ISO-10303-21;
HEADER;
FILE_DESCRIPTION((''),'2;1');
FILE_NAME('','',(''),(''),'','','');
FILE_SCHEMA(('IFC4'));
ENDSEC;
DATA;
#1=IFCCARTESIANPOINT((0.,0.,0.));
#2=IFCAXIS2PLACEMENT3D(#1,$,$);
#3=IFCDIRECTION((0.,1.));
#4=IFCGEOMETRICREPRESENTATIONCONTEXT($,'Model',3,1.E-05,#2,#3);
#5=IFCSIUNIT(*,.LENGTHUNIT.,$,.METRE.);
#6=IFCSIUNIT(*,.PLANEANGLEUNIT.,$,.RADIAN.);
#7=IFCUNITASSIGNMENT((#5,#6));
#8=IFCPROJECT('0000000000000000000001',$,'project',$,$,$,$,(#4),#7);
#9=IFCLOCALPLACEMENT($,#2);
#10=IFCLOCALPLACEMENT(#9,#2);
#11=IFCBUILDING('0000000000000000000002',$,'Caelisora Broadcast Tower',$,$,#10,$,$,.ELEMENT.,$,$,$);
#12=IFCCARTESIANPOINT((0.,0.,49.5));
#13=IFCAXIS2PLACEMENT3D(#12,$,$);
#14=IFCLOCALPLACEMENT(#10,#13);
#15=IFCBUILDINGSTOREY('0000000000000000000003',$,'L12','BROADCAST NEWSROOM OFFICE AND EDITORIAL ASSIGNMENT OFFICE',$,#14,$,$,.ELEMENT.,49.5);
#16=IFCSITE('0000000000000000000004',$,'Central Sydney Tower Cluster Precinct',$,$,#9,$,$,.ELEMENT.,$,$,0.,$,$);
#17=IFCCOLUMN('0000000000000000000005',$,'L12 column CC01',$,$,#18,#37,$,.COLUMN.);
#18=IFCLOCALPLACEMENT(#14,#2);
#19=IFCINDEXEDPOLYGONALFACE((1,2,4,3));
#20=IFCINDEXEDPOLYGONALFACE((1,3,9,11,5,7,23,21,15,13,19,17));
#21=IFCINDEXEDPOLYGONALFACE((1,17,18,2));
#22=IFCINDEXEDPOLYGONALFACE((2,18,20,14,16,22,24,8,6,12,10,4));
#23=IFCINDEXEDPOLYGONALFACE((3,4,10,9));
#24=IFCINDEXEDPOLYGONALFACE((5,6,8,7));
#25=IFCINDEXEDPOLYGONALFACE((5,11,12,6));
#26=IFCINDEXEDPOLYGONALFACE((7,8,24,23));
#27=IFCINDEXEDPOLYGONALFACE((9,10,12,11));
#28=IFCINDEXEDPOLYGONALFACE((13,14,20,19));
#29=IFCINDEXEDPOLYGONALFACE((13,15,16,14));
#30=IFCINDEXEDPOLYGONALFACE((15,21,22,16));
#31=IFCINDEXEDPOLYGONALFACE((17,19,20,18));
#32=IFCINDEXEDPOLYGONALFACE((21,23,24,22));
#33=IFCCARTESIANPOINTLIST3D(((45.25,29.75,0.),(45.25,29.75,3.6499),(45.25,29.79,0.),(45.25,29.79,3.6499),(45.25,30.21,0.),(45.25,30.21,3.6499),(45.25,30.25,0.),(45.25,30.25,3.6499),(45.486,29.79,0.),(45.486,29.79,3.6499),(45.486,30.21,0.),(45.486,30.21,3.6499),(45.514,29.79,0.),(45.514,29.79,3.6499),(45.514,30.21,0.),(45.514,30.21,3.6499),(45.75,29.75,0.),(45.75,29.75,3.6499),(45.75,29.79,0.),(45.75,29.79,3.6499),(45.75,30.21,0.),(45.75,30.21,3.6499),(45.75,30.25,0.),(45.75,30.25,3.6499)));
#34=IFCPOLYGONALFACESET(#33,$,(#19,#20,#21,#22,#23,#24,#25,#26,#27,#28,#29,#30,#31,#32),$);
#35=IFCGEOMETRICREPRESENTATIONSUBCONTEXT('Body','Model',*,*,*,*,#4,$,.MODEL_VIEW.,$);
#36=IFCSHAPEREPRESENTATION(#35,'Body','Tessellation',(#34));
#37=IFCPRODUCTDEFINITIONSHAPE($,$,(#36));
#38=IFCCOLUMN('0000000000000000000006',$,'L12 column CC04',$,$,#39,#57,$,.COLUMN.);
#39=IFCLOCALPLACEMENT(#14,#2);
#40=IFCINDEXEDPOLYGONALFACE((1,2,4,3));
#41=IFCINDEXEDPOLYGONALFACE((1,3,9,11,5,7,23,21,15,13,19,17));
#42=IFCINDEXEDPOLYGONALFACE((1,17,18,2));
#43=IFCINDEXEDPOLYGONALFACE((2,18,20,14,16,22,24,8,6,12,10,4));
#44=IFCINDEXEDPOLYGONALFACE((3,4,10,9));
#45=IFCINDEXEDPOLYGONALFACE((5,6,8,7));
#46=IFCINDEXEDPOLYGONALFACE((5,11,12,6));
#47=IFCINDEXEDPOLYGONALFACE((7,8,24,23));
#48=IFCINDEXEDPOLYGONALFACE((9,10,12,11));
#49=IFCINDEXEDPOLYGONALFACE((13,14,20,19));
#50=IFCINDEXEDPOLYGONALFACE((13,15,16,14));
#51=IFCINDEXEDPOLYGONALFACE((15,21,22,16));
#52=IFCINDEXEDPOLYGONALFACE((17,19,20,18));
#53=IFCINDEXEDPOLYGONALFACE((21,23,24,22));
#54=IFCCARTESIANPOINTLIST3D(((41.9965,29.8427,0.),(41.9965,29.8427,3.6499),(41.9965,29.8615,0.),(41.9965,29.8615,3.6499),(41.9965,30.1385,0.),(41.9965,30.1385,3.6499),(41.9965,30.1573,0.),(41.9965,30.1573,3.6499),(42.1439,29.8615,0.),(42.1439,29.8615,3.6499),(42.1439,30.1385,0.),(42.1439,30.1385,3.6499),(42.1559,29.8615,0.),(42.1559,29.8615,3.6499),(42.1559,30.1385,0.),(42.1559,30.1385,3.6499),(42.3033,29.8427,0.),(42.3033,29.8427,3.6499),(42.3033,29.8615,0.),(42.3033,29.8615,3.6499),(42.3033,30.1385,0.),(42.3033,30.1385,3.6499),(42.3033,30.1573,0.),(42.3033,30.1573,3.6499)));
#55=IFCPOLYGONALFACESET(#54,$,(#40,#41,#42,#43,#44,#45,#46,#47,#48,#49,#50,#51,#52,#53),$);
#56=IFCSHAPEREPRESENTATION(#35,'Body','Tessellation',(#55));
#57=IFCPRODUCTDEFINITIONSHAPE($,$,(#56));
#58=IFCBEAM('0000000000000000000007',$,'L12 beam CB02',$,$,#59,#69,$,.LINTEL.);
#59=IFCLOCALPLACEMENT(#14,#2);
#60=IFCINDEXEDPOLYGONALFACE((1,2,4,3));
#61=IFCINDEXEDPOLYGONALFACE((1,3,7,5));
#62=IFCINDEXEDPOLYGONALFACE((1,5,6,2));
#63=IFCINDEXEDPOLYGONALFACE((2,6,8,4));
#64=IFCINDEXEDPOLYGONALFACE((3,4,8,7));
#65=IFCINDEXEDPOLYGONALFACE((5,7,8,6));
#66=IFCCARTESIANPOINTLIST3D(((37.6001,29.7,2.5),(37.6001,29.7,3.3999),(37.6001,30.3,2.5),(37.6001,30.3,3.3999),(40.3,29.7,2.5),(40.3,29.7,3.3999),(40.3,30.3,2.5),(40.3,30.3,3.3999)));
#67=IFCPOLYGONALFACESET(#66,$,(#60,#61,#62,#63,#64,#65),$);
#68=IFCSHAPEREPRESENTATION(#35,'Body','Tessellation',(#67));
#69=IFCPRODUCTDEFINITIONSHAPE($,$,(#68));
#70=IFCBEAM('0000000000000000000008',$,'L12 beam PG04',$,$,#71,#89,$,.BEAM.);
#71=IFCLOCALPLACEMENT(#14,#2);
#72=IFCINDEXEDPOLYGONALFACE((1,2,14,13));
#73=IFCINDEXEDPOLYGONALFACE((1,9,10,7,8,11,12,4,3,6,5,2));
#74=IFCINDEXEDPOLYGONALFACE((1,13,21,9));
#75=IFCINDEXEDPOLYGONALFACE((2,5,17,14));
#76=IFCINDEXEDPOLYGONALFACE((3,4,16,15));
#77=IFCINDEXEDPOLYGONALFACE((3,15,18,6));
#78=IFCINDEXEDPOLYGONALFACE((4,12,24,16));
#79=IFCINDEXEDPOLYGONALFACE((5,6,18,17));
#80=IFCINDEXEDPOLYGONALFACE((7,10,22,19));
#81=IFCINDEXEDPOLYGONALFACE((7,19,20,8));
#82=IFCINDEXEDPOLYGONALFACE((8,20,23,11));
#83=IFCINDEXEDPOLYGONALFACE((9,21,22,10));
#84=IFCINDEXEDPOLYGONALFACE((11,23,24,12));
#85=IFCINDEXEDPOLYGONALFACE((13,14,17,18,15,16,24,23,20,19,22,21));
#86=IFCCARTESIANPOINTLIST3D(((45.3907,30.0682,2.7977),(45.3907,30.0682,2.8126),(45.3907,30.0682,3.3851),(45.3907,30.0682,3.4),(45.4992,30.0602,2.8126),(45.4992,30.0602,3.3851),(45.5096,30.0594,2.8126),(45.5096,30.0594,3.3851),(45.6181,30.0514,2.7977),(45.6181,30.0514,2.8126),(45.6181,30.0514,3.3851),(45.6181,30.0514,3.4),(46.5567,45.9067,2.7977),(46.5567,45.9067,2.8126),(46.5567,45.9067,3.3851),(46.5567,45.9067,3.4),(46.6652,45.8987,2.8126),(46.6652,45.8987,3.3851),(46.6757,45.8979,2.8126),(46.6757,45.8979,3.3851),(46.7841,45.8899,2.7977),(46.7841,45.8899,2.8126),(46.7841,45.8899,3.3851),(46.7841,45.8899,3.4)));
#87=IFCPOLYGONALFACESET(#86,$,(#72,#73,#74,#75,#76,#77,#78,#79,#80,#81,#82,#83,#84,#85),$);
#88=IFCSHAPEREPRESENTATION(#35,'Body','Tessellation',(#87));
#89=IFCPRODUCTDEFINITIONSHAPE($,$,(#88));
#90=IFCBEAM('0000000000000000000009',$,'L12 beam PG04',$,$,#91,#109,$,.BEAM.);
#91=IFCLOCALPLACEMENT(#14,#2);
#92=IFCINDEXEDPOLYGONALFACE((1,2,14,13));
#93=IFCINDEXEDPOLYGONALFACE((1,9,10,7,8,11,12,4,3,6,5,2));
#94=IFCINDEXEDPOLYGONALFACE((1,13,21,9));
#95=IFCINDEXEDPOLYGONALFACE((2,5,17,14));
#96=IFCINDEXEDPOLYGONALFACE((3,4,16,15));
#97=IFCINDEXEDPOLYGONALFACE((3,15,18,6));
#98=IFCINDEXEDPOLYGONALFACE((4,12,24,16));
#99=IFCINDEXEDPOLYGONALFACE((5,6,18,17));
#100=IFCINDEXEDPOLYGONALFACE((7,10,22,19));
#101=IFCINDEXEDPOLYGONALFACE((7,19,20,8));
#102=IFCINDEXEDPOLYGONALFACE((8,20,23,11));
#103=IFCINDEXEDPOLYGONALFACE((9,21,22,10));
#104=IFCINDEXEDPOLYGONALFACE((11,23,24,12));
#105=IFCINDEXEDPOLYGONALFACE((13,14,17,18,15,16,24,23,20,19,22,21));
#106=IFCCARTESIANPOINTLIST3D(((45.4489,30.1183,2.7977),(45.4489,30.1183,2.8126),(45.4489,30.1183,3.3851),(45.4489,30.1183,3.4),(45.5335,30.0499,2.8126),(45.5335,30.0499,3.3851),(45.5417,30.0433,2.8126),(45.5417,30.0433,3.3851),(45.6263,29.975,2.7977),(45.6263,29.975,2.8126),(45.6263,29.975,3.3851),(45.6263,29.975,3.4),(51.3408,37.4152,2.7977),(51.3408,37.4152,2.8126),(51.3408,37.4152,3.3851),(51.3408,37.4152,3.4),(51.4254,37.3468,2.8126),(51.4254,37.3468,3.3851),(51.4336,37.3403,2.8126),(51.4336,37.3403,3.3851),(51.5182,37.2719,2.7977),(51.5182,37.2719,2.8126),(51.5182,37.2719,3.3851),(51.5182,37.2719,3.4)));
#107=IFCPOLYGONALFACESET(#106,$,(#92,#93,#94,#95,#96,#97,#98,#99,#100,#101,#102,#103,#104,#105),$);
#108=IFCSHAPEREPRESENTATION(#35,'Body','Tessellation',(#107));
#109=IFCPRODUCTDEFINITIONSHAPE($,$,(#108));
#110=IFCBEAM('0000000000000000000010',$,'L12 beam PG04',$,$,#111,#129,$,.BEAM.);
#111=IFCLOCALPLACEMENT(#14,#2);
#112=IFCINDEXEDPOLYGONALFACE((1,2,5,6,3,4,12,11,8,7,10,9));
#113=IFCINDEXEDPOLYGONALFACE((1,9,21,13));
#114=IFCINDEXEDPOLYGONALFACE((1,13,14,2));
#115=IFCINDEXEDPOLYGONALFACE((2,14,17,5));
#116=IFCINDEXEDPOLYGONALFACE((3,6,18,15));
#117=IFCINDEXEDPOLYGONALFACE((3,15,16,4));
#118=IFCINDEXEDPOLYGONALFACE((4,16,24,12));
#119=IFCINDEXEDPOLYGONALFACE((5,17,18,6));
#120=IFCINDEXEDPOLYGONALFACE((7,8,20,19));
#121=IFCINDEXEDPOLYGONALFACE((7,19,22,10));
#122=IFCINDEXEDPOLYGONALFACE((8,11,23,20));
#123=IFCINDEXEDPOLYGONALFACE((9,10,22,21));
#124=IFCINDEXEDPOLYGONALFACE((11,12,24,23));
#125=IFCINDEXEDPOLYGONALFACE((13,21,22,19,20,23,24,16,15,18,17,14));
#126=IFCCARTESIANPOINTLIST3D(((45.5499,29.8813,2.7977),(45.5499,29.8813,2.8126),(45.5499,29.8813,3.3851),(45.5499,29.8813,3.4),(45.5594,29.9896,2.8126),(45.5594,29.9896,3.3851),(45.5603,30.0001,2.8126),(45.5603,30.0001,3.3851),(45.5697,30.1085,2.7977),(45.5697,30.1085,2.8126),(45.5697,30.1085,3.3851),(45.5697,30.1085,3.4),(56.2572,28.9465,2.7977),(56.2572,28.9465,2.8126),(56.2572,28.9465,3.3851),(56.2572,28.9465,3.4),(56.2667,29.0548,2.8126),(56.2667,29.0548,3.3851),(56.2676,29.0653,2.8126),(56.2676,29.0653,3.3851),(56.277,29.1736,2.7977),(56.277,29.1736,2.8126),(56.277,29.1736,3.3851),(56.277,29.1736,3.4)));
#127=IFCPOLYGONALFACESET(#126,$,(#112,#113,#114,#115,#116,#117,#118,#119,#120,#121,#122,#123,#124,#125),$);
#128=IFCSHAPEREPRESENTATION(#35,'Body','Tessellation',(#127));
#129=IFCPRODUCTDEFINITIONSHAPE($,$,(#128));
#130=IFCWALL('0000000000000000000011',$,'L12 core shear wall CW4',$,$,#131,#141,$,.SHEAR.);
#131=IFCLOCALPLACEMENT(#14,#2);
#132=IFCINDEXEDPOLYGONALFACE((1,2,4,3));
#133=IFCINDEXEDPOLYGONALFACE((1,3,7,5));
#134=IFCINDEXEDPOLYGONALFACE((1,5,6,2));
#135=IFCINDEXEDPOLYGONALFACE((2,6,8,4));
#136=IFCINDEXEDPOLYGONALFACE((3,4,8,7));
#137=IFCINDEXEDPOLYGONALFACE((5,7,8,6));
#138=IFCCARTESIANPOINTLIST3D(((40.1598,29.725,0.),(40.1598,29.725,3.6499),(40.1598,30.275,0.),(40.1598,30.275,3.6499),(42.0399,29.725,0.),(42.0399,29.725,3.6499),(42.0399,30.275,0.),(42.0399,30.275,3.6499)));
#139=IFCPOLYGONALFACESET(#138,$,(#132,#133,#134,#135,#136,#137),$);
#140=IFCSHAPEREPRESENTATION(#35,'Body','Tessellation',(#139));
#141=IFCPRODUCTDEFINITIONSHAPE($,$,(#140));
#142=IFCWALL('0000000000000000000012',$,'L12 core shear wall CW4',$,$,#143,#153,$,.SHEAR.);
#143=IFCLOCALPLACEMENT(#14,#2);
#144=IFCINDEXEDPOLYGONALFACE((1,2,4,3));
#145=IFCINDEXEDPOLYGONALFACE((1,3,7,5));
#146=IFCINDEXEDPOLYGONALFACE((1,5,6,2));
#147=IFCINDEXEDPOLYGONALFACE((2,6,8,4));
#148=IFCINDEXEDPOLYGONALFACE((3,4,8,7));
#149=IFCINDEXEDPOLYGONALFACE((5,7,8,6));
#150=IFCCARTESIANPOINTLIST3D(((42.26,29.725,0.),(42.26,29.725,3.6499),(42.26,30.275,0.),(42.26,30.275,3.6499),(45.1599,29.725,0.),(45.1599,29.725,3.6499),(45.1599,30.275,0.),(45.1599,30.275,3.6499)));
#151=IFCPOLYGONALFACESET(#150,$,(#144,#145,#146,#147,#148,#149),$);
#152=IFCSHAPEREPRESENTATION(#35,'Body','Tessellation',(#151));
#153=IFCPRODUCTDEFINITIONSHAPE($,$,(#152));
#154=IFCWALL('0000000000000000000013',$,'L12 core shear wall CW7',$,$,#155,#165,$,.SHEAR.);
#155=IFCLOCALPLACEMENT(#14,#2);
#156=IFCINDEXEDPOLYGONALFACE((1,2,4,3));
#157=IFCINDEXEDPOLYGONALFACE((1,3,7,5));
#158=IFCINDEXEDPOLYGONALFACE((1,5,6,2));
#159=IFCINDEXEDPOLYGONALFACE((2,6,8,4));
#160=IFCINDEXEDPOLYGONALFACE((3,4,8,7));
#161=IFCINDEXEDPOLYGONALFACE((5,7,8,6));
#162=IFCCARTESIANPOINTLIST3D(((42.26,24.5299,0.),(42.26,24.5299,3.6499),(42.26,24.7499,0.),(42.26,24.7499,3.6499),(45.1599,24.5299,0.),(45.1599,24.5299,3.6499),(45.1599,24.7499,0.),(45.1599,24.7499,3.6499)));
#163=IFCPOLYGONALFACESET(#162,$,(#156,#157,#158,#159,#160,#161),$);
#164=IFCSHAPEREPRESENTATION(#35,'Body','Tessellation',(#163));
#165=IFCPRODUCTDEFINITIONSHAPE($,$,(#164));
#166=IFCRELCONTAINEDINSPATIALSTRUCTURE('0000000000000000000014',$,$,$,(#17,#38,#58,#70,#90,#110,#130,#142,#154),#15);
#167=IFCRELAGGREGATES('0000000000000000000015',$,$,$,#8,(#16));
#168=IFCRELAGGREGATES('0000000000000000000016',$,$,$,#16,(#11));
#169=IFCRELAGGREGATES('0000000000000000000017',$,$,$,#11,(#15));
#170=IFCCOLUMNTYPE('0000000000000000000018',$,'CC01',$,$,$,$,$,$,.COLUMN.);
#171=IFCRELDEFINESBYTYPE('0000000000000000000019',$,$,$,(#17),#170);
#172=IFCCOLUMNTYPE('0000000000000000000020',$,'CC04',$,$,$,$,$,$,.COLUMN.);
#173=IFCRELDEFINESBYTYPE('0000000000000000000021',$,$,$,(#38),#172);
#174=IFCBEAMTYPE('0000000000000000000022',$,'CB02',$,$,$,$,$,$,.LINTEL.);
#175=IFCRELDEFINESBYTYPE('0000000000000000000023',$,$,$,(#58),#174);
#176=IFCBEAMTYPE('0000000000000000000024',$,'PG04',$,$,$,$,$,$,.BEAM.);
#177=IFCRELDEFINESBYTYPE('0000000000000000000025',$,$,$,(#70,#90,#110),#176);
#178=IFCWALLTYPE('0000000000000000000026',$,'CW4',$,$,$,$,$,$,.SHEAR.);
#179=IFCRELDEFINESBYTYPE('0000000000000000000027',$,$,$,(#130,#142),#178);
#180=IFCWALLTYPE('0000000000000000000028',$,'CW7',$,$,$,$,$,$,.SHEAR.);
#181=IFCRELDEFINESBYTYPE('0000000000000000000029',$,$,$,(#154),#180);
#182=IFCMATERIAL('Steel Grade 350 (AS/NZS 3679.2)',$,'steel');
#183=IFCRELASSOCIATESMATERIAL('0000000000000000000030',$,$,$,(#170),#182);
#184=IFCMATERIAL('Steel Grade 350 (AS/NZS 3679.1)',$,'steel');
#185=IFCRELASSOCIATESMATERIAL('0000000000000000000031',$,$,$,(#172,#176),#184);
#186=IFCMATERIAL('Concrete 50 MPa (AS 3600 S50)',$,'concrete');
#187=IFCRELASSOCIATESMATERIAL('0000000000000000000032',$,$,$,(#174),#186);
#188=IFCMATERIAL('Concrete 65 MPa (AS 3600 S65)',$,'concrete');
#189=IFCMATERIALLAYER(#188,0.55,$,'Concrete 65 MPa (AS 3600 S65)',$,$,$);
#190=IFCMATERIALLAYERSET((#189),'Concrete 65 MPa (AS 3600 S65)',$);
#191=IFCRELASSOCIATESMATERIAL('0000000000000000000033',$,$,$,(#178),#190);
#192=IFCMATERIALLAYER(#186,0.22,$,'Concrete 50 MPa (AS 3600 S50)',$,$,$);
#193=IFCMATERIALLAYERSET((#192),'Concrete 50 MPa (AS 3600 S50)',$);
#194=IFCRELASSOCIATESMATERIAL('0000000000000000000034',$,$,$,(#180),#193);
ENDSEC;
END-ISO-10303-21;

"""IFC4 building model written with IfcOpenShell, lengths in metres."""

from ifc_helpers import new_model, si_unit, direction, frame, frame_2d, origin, origin_2d, place, context, subcontext, project, spatial, rectangle, i_section, extrude, source, transform, mapped, material, layer, layer_set, material_profile, profile_set, type_object, type_shapes, element, save


model = new_model("IFC4")

# Units and contexts
model_context = context("Model", 3, precision=1e-05, world=origin(), true_north=direction((0.0, 1.0)))
body_context = subcontext(model_context, "Body", "Model", "MODEL_VIEW")
ifc_project = project(units=[si_unit("LENGTHUNIT", "METRE"), si_unit("PLANEANGLEUNIT", "RADIAN")], contexts=[model_context])

# Site, building, storey
site_placement = place(None, origin())
site = spatial("IfcSite", under=ifc_project, at=site_placement, Name="Central Sydney Tower Cluster Precinct", CompositionType="ELEMENT", RefElevation=0.0)
building_placement = place(site_placement, origin())
building = spatial("IfcBuilding", under=site, at=building_placement, Name="Caelisora Broadcast Tower", CompositionType="ELEMENT")
storey_placement = place(building_placement, frame((0.0, 0.0, 49.5)))
storey = spatial("IfcBuildingStorey", under=building, at=storey_placement, Name="L12", Description="BROADCAST NEWSROOM OFFICE AND EDITORIAL ASSIGNMENT OFFICE", CompositionType="ELEMENT", Elevation=49.5)

# Columns
ifc_material_1 = material(Name="Steel Grade 350 (AS/NZS 3679.2)", Category="steel")
ifc_material_profile_1 = material_profile(ifc_material_1, i_section(OverallWidth=0.5, OverallDepth=0.5, WebThickness=0.0281, FlangeThickness=0.04, at=origin_2d()), Name="Steel Grade 350 (AS/NZS 3679.2)")
ifc_profile_set_1 = profile_set([ifc_material_profile_1], Name="Steel Grade 350 (AS/NZS 3679.2)")
column_type_1 = type_object("IfcColumnType", Name="CC01", PredefinedType="COLUMN", material=ifc_profile_set_1)
shared_shape_1 = source(origin(), body_context, "Body", "SweptSolid", [
    extrude(i_section(OverallWidth=0.5, OverallDepth=0.5, WebThickness=0.0281, FlangeThickness=0.04, at=origin_2d()), origin(), (0.0, 0.0, 1.0), 3.6499),
])
type_shapes(column_type_1, [shared_shape_1])
column_1_placement = place(storey_placement, frame((45.5, 30.0, 0.0), z_axis=(0.0, 0.0, 1.0), x_axis=(1.0, 0.0, 0.0)))
element("IfcColumn", 1, at=column_1_placement, inside=storey, type_object=column_type_1, Name="L12 column CC01", PredefinedType="COLUMN", context=body_context, shape_type="MappedRepresentation", body=[
    mapped(shared_shape_1, transform((0.0, 0.0, 0.0), scale=1.0)),
])
ifc_material_2 = material(Name="Steel Grade 350 (AS/NZS 3679.1)", Category="steel")
ifc_material_profile_2 = material_profile(ifc_material_2, i_section(OverallWidth=0.3069, OverallDepth=0.3147, WebThickness=0.012, FlangeThickness=0.0188, at=origin_2d()), Name="Steel Grade 350 (AS/NZS 3679.1)")
ifc_profile_set_2 = profile_set([ifc_material_profile_2], Name="Steel Grade 350 (AS/NZS 3679.1)")
column_type_2 = type_object("IfcColumnType", Name="CC04", PredefinedType="COLUMN", material=ifc_profile_set_2)
shared_shape_2 = source(origin(), body_context, "Body", "SweptSolid", [
    extrude(i_section(OverallWidth=0.3069, OverallDepth=0.3147, WebThickness=0.012, FlangeThickness=0.0188, at=origin_2d()), origin(), (0.0, 0.0, 1.0), 3.6499),
])
type_shapes(column_type_2, [shared_shape_2])
column_2_placement = place(storey_placement, frame((42.1499, 30.0, 0.0), z_axis=(0.0, 0.0, 1.0), x_axis=(1.0, 0.0, 0.0)))
element("IfcColumn", 2, at=column_2_placement, inside=storey, type_object=column_type_2, Name="L12 column CC04", PredefinedType="COLUMN", context=body_context, shape_type="MappedRepresentation", body=[
    mapped(shared_shape_2, transform((0.0, 0.0, 0.0), scale=1.0)),
])

# Beams
ifc_material_3 = material(Name="Concrete 50 MPa (AS 3600 S50)", Category="concrete")
ifc_material_profile_3 = material_profile(ifc_material_3, rectangle(XDim=0.6001, YDim=0.8999, at=origin_2d()), Name="Concrete 50 MPa (AS 3600 S50)")
ifc_profile_set_3 = profile_set([ifc_material_profile_3], Name="Concrete 50 MPa (AS 3600 S50)")
beam_type_1 = type_object("IfcBeamType", Name="CB02", PredefinedType="LINTEL", material=ifc_profile_set_3)
shared_shape_3 = source(origin(), body_context, "Body", "SweptSolid", [
    extrude(rectangle(XDim=0.6001, YDim=0.8999, at=origin_2d()), origin(), (0.0, 0.0, 1.0), 2.7),
])
type_shapes(beam_type_1, [shared_shape_3])
beam_1_placement = place(storey_placement, frame((37.6001, 30.0, 2.95), z_axis=(1.0, 0.0, 0.0), x_axis=(0.0, 1.0, 0.0)))
element("IfcBeam", 3, at=beam_1_placement, inside=storey, type_object=beam_type_1, Name="L12 beam CB02", PredefinedType="LINTEL", context=body_context, shape_type="MappedRepresentation", body=[
    mapped(shared_shape_3, transform((0.0, 0.0, 0.0), scale=1.0)),
])
ifc_material_profile_4 = material_profile(ifc_material_2, i_section(OverallWidth=0.228, OverallDepth=0.6023, WebThickness=0.0105, FlangeThickness=0.0149, at=origin_2d()), Name="Steel Grade 350 (AS/NZS 3679.1)")
ifc_profile_set_4 = profile_set([ifc_material_profile_4], Name="Steel Grade 350 (AS/NZS 3679.1)")
beam_type_2 = type_object("IfcBeamType", Name="PG04", PredefinedType="BEAM", material=ifc_profile_set_4)
shared_shape_4 = source(origin(), body_context, "Body", "SweptSolid", [
    extrude(i_section(OverallWidth=0.228, OverallDepth=0.6023, WebThickness=0.0105, FlangeThickness=0.0149, at=origin_2d()), origin(), (0.0, 0.0, 1.0), 15.8813),
])
beam_2_placement = place(storey_placement, frame((45.5044, 30.0598, 3.0989), z_axis=(0.073421, 0.997301, 0.0), x_axis=(-0.997301, 0.073421, 0.0)))
element("IfcBeam", 4, at=beam_2_placement, inside=storey, type_object=beam_type_2, Name="L12 beam PG04", PredefinedType="BEAM", context=body_context, shape_type="MappedRepresentation", body=[
    mapped(shared_shape_4, transform((0.0, 0.0, 0.0), scale=1.0)),
])
shared_shape_5 = source(origin(), body_context, "Body", "SweptSolid", [
    extrude(i_section(OverallWidth=0.228, OverallDepth=0.6023, WebThickness=0.0105, FlangeThickness=0.0149, at=origin_2d()), origin(), (0.0, 0.0, 1.0), 9.3787),
])
beam_3_placement = place(storey_placement, frame((45.5376, 30.0466, 3.0989), z_axis=(0.628222, 0.778034, 0.0), x_axis=(-0.778034, 0.628222, 0.0)))
element("IfcBeam", 5, at=beam_3_placement, inside=storey, type_object=beam_type_2, Name="L12 beam PG04", PredefinedType="BEAM", context=body_context, shape_type="MappedRepresentation", body=[
    mapped(shared_shape_5, transform((0.0, 0.0, 0.0), scale=1.0)),
])
shared_shape_6 = source(origin(), body_context, "Body", "SweptSolid", [
    extrude(i_section(OverallWidth=0.228, OverallDepth=0.6023, WebThickness=0.0105, FlangeThickness=0.0149, at=origin_2d()), origin(), (0.0, 0.0, 1.0), 10.748),
])
type_shapes(beam_type_2, [shared_shape_4, shared_shape_5, shared_shape_6])
beam_4_placement = place(storey_placement, frame((45.5598, 29.9949, 3.0989), z_axis=(0.99621, -0.086976, 0.0), x_axis=(0.086976, 0.99621, 0.0)))
element("IfcBeam", 6, at=beam_4_placement, inside=storey, type_object=beam_type_2, Name="L12 beam PG04", PredefinedType="BEAM", context=body_context, shape_type="MappedRepresentation", body=[
    mapped(shared_shape_6, transform((0.0, 0.0, 0.0), scale=1.0)),
])

# Walls
ifc_material_4 = material(Name="Concrete 65 MPa (AS 3600 S65)", Category="concrete")
ifc_layer_1 = layer(ifc_material_4, 0.55, Name="Concrete 65 MPa (AS 3600 S65)")
ifc_layer_set_1 = layer_set([ifc_layer_1], Name="Concrete 65 MPa (AS 3600 S65)")
wall_type_1 = type_object("IfcWallType", Name="CW4", PredefinedType="SHEAR", material=ifc_layer_set_1)
wall_1_placement = place(storey_placement, frame((40.1599, 30.0, 0.0), z_axis=(0.0, 0.0, 1.0), x_axis=(1.0, 0.0, 0.0)))
element("IfcWall", 7, at=wall_1_placement, inside=storey, type_object=wall_type_1, Name="L12 core shear wall CW4", PredefinedType="SHEAR", context=body_context, shape_type="SweptSolid", body=[
    extrude(rectangle(XDim=1.8801, YDim=0.55, at=frame_2d((0.9399, 0.0))), origin(), (0.0, 0.0, 1.0), 3.6499),
])
wall_2_placement = place(storey_placement, frame((42.26, 30.0, 0.0), z_axis=(0.0, 0.0, 1.0), x_axis=(1.0, 0.0, 0.0)))
element("IfcWall", 8, at=wall_2_placement, inside=storey, type_object=wall_type_1, Name="L12 core shear wall CW4", PredefinedType="SHEAR", context=body_context, shape_type="SweptSolid", body=[
    extrude(rectangle(XDim=2.8999, YDim=0.55, at=frame_2d((1.45, 0.0))), origin(), (0.0, 0.0, 1.0), 3.6499),
])
ifc_layer_2 = layer(ifc_material_3, 0.22, Name="Concrete 50 MPa (AS 3600 S50)")
ifc_layer_set_2 = layer_set([ifc_layer_2], Name="Concrete 50 MPa (AS 3600 S50)")
wall_type_2 = type_object("IfcWallType", Name="CW7", PredefinedType="SHEAR", material=ifc_layer_set_2)
wall_3_placement = place(storey_placement, frame((42.26, 24.6399, 0.0), z_axis=(0.0, 0.0, 1.0), x_axis=(1.0, 0.0, 0.0)))
element("IfcWall", 9, at=wall_3_placement, inside=storey, type_object=wall_type_2, Name="L12 core shear wall CW7", PredefinedType="SHEAR", context=body_context, shape_type="SweptSolid", body=[
    extrude(rectangle(XDim=2.8999, YDim=0.22, at=frame_2d((1.45, 0.0))), origin(), (0.0, 0.0, 1.0), 3.6499),
])

save(model, "model.ifc")
